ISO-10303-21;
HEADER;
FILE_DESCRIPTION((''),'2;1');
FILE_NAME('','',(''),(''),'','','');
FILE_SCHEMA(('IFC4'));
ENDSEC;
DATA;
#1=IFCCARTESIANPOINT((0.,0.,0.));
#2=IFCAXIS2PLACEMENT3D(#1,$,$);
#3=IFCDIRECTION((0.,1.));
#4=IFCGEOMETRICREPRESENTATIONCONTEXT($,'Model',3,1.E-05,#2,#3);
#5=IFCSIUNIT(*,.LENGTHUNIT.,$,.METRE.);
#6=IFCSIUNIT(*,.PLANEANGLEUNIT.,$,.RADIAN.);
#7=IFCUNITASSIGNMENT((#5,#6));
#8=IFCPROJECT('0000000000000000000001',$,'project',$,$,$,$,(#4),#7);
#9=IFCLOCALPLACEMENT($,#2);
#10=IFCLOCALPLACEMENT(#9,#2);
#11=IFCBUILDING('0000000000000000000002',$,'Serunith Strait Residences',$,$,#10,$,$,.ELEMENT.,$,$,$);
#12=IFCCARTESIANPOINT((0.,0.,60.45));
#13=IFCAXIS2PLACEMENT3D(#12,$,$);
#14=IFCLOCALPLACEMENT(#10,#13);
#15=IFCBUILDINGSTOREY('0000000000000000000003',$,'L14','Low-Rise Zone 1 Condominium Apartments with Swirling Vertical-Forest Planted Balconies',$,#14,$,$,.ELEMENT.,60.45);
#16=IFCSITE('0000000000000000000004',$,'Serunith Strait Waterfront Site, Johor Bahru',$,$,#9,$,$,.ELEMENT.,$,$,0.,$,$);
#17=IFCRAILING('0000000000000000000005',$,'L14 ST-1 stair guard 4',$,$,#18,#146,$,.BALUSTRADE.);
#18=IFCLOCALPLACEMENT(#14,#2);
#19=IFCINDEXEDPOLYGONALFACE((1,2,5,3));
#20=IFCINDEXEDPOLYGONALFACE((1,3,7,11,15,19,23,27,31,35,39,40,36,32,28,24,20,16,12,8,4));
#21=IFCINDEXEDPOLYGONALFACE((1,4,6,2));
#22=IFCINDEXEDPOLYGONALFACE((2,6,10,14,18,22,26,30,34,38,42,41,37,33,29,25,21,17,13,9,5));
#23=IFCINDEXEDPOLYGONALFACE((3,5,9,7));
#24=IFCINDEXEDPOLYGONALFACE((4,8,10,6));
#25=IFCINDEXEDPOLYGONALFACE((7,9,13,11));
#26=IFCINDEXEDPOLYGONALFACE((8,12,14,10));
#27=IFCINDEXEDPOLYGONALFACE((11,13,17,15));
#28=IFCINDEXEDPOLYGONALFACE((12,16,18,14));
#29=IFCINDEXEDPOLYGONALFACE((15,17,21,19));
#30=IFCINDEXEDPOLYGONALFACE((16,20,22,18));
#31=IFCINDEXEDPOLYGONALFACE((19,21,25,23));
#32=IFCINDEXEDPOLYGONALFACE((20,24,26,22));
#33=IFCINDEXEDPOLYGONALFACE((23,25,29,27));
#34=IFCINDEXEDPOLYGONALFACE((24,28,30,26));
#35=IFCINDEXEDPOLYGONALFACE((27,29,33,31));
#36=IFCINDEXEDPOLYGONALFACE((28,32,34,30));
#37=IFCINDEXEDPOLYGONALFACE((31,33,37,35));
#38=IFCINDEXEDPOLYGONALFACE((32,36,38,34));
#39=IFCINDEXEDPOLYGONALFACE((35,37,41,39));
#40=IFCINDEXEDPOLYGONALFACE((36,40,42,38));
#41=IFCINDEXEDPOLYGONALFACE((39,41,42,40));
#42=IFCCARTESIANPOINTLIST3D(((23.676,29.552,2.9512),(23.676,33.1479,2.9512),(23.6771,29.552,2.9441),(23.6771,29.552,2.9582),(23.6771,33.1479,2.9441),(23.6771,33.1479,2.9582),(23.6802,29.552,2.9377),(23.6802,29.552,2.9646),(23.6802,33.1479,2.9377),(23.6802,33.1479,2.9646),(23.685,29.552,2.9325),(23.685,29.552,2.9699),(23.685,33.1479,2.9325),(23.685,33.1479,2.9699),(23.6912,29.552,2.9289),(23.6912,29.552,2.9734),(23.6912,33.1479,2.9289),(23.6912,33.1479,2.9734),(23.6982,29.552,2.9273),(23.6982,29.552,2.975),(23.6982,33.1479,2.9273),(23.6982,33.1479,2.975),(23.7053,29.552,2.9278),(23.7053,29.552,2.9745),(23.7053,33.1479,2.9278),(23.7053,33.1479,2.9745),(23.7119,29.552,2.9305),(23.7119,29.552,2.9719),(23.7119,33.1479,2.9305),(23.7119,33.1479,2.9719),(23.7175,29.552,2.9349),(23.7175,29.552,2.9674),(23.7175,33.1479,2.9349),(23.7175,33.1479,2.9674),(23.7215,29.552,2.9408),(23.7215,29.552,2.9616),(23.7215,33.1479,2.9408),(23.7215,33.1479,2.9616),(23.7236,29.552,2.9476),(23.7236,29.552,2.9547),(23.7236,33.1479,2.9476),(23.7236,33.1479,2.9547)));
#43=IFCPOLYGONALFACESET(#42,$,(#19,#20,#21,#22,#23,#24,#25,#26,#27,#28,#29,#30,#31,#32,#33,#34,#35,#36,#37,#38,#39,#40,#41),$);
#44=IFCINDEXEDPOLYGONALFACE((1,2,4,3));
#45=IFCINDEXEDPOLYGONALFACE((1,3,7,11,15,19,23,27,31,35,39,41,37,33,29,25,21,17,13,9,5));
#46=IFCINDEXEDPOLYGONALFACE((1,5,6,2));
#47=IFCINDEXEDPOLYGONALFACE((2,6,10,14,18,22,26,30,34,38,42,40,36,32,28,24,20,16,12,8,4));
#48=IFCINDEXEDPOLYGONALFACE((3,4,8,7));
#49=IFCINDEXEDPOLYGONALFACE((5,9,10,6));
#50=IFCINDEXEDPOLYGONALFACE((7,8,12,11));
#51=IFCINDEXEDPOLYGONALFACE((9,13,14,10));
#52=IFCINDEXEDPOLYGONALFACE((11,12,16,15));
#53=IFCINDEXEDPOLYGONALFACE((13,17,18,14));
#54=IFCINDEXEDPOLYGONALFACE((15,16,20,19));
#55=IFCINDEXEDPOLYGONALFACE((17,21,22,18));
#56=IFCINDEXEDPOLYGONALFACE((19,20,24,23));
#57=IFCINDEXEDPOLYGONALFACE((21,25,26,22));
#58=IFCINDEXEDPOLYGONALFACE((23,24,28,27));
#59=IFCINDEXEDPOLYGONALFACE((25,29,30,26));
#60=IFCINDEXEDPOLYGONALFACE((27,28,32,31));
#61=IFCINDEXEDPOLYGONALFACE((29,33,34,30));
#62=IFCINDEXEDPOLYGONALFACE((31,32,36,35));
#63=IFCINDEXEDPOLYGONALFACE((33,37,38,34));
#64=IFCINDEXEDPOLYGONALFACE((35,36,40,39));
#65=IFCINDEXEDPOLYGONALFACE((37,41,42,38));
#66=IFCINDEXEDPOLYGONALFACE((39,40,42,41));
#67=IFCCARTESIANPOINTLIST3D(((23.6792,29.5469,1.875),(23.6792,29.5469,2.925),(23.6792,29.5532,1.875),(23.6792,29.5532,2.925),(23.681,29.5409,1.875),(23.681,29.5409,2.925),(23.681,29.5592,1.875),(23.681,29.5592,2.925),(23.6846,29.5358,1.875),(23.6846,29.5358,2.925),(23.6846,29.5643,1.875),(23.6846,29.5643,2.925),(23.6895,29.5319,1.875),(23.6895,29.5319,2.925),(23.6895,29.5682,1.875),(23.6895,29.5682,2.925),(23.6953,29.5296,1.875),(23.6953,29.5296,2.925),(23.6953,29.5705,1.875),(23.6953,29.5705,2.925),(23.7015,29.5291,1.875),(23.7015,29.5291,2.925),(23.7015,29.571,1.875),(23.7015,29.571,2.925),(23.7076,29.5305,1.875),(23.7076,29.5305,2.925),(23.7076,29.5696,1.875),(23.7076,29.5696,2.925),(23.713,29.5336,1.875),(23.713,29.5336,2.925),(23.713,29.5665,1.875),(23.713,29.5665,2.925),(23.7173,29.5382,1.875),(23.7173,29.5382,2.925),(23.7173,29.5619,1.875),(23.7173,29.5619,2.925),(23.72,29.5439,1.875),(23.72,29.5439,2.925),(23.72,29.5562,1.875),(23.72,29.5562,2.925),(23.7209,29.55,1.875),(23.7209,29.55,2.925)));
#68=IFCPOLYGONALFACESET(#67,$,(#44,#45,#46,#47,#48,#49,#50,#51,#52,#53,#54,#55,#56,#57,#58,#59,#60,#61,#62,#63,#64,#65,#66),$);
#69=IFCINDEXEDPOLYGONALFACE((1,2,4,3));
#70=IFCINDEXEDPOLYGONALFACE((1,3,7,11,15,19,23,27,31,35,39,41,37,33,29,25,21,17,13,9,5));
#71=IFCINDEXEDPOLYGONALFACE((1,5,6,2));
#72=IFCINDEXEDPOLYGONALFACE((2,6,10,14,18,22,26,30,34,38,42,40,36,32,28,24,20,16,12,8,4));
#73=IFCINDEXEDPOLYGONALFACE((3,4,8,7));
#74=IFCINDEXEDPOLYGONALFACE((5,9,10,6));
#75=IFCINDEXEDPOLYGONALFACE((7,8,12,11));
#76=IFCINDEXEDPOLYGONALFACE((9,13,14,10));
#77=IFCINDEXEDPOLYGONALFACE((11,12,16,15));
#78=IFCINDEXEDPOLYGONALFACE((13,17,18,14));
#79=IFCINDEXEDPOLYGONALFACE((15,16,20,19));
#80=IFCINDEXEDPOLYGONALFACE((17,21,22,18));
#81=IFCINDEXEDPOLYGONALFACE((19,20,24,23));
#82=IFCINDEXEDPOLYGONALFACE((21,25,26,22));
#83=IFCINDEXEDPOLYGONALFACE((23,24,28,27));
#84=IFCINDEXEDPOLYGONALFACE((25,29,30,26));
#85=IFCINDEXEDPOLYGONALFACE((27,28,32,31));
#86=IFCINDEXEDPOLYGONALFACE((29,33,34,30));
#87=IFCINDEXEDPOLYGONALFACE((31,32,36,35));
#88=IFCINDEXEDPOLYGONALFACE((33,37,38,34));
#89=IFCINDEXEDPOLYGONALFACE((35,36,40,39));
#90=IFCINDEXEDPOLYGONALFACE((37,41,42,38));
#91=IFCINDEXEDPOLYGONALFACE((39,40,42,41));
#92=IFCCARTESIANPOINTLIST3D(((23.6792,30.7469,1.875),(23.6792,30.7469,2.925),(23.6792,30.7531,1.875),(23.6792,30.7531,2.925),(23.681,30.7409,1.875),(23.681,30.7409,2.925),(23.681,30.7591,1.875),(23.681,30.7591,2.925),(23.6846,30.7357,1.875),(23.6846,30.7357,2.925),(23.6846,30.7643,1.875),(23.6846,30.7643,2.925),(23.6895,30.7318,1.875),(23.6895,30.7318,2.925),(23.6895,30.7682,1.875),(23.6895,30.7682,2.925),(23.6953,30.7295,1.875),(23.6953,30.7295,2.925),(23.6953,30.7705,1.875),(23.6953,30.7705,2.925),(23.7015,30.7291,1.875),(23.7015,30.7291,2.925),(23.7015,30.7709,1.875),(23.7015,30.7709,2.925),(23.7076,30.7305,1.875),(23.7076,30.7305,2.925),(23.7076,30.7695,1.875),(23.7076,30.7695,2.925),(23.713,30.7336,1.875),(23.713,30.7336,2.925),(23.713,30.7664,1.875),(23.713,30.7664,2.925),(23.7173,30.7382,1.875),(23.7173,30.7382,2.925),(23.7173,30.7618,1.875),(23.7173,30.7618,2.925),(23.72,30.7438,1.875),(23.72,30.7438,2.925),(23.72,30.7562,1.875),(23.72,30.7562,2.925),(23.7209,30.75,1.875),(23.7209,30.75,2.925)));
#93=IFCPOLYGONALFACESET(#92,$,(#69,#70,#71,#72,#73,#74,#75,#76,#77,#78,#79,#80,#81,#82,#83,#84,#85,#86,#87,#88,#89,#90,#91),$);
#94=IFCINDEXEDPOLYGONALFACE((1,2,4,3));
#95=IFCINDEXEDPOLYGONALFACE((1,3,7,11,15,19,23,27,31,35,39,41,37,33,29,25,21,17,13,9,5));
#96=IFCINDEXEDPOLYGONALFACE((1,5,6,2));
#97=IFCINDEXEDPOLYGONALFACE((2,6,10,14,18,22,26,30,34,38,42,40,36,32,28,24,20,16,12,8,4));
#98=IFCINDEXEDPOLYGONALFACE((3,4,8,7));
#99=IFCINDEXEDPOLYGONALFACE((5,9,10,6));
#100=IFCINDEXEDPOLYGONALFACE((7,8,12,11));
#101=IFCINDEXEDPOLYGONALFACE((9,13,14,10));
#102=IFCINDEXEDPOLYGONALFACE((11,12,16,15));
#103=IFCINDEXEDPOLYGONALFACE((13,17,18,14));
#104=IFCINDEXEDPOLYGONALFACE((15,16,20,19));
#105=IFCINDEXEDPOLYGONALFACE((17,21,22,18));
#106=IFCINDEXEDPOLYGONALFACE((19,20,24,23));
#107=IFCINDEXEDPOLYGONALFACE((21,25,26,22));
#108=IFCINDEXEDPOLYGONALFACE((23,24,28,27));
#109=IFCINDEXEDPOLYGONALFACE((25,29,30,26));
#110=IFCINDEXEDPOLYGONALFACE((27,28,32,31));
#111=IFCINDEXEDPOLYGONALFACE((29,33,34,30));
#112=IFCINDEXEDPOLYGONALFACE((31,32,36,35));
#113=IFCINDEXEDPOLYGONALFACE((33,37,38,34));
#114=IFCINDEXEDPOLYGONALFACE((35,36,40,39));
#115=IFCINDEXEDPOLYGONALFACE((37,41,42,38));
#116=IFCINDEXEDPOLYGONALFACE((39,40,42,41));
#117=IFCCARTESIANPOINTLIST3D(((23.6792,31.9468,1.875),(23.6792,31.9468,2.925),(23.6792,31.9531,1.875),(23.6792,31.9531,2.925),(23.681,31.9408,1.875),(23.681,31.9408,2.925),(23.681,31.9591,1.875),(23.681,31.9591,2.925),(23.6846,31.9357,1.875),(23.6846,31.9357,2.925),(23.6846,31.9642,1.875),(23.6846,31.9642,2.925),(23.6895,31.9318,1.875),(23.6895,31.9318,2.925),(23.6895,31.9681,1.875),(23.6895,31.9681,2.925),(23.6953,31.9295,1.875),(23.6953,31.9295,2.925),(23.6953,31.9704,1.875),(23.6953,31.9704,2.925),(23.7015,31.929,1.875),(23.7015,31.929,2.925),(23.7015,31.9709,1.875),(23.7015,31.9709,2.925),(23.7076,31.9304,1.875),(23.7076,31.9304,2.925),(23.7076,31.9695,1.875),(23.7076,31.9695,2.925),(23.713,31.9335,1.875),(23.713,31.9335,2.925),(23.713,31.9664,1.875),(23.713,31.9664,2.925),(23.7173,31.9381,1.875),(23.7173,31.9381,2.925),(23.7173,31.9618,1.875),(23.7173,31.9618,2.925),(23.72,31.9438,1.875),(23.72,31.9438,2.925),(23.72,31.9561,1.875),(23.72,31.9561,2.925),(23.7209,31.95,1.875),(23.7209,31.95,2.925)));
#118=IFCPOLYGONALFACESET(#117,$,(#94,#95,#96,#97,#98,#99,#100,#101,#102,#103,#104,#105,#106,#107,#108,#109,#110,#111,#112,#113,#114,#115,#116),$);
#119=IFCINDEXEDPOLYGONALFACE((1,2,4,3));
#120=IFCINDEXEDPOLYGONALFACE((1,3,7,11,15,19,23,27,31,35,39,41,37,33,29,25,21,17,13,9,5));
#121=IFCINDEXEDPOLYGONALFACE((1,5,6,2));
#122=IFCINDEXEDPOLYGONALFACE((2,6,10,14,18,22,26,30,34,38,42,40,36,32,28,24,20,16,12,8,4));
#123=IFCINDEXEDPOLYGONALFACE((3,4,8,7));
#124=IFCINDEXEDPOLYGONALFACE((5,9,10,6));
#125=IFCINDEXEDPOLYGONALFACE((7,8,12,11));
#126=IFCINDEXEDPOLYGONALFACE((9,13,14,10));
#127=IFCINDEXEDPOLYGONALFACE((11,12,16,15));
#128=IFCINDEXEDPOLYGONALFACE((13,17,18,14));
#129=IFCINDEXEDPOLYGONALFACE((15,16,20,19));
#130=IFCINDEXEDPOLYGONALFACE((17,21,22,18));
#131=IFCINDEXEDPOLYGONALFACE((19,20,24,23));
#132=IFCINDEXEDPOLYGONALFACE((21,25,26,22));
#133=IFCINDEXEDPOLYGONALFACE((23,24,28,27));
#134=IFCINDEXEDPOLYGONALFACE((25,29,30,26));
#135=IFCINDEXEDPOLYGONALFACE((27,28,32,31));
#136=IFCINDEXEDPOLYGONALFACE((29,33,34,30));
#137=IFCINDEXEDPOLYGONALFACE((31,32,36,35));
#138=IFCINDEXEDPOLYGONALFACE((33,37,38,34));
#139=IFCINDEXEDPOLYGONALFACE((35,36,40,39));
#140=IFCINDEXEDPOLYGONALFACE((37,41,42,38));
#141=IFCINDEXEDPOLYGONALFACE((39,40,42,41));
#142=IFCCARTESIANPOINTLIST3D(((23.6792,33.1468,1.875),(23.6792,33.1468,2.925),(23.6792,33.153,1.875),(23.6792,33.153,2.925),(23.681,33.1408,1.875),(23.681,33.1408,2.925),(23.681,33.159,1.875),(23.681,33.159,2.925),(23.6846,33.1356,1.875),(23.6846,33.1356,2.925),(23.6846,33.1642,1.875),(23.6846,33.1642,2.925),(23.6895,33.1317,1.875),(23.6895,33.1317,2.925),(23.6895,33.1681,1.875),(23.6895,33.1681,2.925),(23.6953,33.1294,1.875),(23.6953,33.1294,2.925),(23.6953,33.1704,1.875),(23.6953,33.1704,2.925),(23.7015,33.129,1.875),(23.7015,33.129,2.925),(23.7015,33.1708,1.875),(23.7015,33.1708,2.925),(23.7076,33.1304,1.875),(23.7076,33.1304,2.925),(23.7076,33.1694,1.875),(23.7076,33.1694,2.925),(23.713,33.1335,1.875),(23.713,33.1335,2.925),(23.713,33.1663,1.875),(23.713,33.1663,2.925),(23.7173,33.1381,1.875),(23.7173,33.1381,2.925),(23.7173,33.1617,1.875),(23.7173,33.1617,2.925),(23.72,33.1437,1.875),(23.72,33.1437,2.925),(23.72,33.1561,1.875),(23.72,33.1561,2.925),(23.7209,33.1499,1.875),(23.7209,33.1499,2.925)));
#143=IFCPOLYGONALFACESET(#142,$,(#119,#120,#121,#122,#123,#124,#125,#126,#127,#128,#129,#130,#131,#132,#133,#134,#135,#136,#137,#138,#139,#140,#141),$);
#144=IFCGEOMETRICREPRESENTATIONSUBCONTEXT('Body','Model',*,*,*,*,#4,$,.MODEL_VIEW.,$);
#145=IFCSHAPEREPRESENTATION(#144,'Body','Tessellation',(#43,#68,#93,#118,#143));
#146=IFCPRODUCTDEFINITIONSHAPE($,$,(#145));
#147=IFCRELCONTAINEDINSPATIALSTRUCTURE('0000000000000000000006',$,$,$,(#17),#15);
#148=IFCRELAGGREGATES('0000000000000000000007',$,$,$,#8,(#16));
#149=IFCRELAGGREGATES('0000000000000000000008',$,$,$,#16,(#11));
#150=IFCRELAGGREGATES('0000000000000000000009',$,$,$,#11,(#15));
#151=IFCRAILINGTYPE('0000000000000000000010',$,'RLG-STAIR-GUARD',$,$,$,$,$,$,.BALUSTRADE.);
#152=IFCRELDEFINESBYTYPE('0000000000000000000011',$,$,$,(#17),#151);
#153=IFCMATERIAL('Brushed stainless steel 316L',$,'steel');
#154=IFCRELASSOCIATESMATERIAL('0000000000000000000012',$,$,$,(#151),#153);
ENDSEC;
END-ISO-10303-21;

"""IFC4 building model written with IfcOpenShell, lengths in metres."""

from ifc_helpers import new_model, si_unit, direction, frame, origin, origin_2d, place, context, subcontext, project, spatial, circle, extrude, material, type_object, element, save


model = new_model("IFC4")

# Units and contexts
model_context = context("Model", 3, precision=1e-05, world=origin(), true_north=direction((0.0, 1.0)))
body_context = subcontext(model_context, "Body", "Model", "MODEL_VIEW")
ifc_project = project(units=[si_unit("LENGTHUNIT", "METRE"), si_unit("PLANEANGLEUNIT", "RADIAN")], contexts=[model_context])

# Site, building, storey
site_placement = place(None, origin())
site = spatial("IfcSite", under=ifc_project, at=site_placement, Name="Serunith Strait Waterfront Site, Johor Bahru", CompositionType="ELEMENT", RefElevation=0.0)
building_placement = place(site_placement, origin())
building = spatial("IfcBuilding", under=site, at=building_placement, Name="Serunith Strait Residences", CompositionType="ELEMENT")
storey_placement = place(building_placement, frame((0.0, 0.0, 60.45)))
storey = spatial("IfcBuildingStorey", under=building, at=storey_placement, Name="L14", Description="Low-Rise Zone 1 Condominium Apartments with Swirling Vertical-Forest Planted Balconies", CompositionType="ELEMENT", Elevation=60.45)

# Railing
ifc_material_1 = material(Name="Brushed stainless steel 316L", Category="steel")
railing_type_1 = type_object("IfcRailingType", Name="RLG-STAIR-GUARD", PredefinedType="BALUSTRADE", material=ifc_material_1)
for number, where, name in (
    (1, (23.7, 29.55, 1.875), "L14 ST-1 stair guard 4"),
):
    element("IfcRailing", number, at=place(storey_placement, frame(where)), inside=storey, type_object=railing_type_1, Name=name, PredefinedType="BALUSTRADE", context=body_context, shape_type="SweptSolid", body=[
        extrude(circle(Radius=0.0239, at=origin_2d()), frame((0.0, 0.002, 1.0762), z_axis=(0.0, 1.0, 0.0), x_axis=(-1.0, 0.0, 0.0)), (0.0, 0.0, 1.0), 3.5959),
        extrude(circle(Radius=0.021, at=origin_2d()), origin(), (0.0, 0.0, 1.0), 1.05),
        extrude(circle(Radius=0.021, at=origin_2d()), frame((0.0, 1.2, 0.0)), (0.0, 0.0, 1.0), 1.05),
        extrude(circle(Radius=0.021, at=origin_2d()), frame((0.0, 2.3999, 0.0)), (0.0, 0.0, 1.0), 1.05),
        extrude(circle(Radius=0.021, at=origin_2d()), frame((0.0, 3.5999, 0.0)), (0.0, 0.0, 1.0), 1.05),
    ])

save(model, "model.ifc")
